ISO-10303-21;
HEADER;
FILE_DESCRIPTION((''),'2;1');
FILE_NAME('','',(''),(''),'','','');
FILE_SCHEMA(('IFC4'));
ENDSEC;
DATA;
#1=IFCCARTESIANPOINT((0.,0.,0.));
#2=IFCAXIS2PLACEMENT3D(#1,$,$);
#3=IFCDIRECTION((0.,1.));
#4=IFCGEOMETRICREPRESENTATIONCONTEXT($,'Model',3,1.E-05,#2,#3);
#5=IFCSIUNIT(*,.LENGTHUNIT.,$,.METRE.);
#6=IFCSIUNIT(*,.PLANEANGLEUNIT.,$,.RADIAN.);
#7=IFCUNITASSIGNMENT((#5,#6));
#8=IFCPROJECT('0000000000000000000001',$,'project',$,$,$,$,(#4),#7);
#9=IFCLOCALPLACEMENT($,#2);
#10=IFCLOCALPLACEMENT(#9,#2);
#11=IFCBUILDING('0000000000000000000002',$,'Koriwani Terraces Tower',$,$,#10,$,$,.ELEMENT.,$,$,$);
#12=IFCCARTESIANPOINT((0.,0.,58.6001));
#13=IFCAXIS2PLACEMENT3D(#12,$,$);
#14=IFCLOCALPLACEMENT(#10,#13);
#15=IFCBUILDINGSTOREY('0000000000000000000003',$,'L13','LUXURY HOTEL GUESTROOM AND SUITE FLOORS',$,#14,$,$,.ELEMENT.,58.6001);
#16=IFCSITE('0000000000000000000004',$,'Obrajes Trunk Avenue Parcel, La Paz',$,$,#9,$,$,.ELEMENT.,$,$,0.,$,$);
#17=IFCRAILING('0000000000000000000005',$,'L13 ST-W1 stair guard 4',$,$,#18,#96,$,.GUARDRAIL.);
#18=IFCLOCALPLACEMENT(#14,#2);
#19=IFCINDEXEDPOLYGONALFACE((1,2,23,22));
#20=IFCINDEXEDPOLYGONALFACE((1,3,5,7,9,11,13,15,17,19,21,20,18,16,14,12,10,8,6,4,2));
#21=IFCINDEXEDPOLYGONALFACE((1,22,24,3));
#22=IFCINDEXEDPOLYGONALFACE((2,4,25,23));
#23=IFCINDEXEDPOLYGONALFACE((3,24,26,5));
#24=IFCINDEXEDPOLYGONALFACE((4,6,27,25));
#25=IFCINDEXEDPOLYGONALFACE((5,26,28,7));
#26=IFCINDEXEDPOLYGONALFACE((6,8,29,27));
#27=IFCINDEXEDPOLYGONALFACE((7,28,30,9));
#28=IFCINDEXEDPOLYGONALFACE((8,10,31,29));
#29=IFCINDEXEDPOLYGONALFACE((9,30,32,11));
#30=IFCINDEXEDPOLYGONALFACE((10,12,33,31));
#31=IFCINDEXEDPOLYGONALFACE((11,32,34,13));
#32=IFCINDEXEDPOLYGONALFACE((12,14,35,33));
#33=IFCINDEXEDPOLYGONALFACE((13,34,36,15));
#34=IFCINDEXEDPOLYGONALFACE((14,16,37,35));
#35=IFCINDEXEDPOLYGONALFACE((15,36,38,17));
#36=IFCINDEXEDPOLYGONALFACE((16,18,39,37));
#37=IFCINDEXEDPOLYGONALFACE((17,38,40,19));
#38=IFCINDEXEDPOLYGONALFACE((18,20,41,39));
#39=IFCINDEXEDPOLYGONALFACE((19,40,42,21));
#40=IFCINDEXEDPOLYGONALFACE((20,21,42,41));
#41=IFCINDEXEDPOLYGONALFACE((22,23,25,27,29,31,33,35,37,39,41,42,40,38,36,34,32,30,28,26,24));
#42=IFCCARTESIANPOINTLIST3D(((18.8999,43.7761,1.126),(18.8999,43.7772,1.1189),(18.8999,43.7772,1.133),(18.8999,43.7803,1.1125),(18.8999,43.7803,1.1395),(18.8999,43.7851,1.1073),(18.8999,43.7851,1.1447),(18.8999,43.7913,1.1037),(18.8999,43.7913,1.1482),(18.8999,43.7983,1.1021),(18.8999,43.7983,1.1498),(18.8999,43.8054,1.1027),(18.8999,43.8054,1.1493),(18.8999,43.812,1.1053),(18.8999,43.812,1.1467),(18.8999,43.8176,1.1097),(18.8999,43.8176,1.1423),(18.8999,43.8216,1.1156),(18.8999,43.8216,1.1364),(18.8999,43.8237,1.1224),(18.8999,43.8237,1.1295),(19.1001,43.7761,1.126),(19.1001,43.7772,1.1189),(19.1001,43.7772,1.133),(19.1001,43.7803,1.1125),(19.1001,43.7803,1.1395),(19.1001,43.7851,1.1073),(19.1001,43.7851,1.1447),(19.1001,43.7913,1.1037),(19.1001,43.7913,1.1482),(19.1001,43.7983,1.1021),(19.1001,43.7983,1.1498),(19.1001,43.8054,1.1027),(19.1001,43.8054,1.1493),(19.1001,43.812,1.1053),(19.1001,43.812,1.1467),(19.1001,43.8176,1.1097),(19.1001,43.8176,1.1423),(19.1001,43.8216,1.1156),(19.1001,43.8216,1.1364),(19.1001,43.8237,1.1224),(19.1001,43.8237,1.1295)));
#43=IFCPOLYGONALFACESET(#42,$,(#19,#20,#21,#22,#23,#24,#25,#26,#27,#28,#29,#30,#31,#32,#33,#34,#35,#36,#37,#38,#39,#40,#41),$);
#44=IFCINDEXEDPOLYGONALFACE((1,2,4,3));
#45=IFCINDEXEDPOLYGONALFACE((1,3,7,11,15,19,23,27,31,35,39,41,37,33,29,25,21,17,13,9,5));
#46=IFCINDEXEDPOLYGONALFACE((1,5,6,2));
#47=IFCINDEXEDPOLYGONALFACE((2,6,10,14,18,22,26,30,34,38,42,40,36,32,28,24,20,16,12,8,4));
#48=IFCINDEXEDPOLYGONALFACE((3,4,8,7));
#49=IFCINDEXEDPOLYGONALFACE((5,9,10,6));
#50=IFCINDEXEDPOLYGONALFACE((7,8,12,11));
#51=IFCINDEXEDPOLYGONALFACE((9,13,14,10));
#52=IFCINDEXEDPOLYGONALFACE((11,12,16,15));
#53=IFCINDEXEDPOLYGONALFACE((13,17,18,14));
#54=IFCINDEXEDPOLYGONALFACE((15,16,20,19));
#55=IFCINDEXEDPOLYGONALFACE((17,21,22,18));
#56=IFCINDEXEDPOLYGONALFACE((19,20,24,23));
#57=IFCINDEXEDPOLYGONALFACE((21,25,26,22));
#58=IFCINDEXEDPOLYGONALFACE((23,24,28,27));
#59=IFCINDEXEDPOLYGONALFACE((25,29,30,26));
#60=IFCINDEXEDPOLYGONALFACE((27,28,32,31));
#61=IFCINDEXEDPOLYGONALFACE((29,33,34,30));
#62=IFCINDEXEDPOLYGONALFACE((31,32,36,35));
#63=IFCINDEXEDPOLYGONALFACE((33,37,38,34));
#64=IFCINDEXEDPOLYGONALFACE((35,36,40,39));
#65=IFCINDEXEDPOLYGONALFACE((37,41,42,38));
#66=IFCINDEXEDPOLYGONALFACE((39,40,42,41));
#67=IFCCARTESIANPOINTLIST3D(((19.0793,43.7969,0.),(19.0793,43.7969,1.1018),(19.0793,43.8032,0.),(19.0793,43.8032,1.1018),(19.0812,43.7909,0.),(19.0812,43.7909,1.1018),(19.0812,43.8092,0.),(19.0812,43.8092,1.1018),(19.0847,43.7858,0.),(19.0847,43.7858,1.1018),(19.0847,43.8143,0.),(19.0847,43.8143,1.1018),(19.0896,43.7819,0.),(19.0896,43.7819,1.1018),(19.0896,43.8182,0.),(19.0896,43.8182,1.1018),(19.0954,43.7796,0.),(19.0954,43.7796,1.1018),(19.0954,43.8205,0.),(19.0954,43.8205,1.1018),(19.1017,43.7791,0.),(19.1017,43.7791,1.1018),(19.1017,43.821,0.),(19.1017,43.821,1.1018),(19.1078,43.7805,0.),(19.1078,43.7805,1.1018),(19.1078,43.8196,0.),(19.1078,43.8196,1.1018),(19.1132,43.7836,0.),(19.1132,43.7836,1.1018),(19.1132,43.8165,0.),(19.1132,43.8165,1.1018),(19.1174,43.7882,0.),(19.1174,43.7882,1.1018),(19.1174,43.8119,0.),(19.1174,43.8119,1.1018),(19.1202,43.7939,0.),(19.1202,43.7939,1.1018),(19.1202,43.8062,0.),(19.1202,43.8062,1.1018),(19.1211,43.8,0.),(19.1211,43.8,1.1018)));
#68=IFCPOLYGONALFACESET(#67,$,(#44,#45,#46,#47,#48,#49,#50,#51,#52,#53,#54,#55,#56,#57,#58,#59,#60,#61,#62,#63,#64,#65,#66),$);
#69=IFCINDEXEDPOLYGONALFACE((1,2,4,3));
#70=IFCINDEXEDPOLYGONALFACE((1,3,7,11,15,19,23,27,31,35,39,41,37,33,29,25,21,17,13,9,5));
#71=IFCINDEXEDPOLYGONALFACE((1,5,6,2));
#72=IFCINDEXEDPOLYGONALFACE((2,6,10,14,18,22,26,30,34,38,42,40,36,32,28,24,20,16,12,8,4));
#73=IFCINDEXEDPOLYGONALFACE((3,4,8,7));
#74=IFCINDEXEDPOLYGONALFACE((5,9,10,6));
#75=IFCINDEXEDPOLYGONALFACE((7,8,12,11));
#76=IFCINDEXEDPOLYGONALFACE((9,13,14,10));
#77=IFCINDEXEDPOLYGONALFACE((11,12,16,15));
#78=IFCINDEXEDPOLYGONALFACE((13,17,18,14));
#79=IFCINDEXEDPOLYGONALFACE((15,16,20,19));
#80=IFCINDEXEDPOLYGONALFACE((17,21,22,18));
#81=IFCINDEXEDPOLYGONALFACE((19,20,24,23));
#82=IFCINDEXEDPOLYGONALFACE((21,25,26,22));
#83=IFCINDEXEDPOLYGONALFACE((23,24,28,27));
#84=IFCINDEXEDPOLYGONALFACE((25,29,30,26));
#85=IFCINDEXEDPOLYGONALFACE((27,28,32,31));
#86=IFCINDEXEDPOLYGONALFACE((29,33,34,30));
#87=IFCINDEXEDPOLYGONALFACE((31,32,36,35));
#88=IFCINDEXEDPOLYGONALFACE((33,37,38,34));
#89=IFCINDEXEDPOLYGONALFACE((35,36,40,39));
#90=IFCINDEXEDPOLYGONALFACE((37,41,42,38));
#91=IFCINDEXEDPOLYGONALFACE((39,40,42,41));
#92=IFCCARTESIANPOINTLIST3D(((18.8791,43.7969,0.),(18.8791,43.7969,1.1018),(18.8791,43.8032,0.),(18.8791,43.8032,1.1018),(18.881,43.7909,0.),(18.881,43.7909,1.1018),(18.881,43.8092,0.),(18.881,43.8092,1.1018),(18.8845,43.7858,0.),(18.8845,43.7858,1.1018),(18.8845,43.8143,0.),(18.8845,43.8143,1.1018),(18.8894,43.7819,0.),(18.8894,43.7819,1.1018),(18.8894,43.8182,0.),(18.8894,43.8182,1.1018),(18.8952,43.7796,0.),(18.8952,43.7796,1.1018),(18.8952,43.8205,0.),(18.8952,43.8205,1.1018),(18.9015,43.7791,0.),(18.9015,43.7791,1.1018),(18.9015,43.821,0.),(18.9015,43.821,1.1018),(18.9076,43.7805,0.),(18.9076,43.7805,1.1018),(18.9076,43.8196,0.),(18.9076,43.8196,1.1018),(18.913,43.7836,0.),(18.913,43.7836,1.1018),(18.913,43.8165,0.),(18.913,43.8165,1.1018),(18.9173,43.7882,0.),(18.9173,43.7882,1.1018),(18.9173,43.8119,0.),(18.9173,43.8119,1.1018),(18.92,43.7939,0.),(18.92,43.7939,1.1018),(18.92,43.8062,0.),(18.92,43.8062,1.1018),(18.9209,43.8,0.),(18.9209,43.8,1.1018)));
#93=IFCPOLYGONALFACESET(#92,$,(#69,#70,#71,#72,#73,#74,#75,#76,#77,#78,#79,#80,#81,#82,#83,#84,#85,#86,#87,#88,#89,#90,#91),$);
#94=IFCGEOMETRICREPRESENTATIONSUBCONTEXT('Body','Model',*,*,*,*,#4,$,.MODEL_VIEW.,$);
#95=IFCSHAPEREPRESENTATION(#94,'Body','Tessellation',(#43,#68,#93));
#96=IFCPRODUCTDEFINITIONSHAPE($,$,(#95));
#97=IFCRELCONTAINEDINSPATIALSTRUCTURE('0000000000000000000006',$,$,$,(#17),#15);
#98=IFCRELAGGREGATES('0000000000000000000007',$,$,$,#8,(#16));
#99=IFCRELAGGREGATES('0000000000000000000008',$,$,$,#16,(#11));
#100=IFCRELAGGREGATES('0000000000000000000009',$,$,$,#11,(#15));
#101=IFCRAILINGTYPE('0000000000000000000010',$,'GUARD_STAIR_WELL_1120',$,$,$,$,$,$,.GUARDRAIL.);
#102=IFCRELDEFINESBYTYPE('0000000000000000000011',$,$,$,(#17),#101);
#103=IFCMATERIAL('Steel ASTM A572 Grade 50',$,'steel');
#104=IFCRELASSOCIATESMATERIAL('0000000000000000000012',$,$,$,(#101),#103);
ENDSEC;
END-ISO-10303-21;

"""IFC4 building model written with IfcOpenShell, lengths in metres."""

from ifc_helpers import new_model, si_unit, direction, frame, origin, origin_2d, place, context, subcontext, project, spatial, circle, extrude, material, type_object, element, save


model = new_model("IFC4")

# Units and contexts
model_context = context("Model", 3, precision=1e-05, world=origin(), true_north=direction((0.0, 1.0)))
body_context = subcontext(model_context, "Body", "Model", "MODEL_VIEW")
ifc_project = project(units=[si_unit("LENGTHUNIT", "METRE"), si_unit("PLANEANGLEUNIT", "RADIAN")], contexts=[model_context])

# Site, building, storey
site_placement = place(None, origin())
site = spatial("IfcSite", under=ifc_project, at=site_placement, Name="Obrajes Trunk Avenue Parcel, La Paz", CompositionType="ELEMENT", RefElevation=0.0)
building_placement = place(site_placement, origin())
building = spatial("IfcBuilding", under=site, at=building_placement, Name="Koriwani Terraces Tower", CompositionType="ELEMENT")
storey_placement = place(building_placement, frame((0.0, 0.0, 58.6001)))
storey = spatial("IfcBuildingStorey", under=building, at=storey_placement, Name="L13", Description="LUXURY HOTEL GUESTROOM AND SUITE FLOORS", CompositionType="ELEMENT", Elevation=58.6001)

# Shared definitions
ifc_material_1 = material(Name="Steel ASTM A572 Grade 50", Category="steel")

# Railing
railing_type_1 = type_object("IfcRailingType", Name="GUARD_STAIR_WELL_1120", PredefinedType="GUARDRAIL", material=ifc_material_1)
railing_1_placement = place(storey_placement, frame((19.1001, 43.8, 0.0)))
element("IfcRailing", 1, at=railing_1_placement, inside=storey, type_object=railing_type_1, Name="L13 ST-W1 stair guard 4", PredefinedType="GUARDRAIL", context=body_context, shape_type="SweptSolid", body=[
    extrude(circle(Radius=0.0239, at=origin_2d()), frame((0.0, 0.0, 1.126), z_axis=(-1.0, 0.0, 0.0), x_axis=(0.0, -1.0, 0.0)), (0.0, 0.0, 1.0), 0.2002),
    extrude(circle(Radius=0.021, at=origin_2d()), origin(), (0.0, 0.0, 1.0), 1.1018),
    extrude(circle(Radius=0.021, at=origin_2d()), frame((-0.2002, 0.0, 0.0)), (0.0, 0.0, 1.0), 1.1018),
])

save(model, "model.ifc")
